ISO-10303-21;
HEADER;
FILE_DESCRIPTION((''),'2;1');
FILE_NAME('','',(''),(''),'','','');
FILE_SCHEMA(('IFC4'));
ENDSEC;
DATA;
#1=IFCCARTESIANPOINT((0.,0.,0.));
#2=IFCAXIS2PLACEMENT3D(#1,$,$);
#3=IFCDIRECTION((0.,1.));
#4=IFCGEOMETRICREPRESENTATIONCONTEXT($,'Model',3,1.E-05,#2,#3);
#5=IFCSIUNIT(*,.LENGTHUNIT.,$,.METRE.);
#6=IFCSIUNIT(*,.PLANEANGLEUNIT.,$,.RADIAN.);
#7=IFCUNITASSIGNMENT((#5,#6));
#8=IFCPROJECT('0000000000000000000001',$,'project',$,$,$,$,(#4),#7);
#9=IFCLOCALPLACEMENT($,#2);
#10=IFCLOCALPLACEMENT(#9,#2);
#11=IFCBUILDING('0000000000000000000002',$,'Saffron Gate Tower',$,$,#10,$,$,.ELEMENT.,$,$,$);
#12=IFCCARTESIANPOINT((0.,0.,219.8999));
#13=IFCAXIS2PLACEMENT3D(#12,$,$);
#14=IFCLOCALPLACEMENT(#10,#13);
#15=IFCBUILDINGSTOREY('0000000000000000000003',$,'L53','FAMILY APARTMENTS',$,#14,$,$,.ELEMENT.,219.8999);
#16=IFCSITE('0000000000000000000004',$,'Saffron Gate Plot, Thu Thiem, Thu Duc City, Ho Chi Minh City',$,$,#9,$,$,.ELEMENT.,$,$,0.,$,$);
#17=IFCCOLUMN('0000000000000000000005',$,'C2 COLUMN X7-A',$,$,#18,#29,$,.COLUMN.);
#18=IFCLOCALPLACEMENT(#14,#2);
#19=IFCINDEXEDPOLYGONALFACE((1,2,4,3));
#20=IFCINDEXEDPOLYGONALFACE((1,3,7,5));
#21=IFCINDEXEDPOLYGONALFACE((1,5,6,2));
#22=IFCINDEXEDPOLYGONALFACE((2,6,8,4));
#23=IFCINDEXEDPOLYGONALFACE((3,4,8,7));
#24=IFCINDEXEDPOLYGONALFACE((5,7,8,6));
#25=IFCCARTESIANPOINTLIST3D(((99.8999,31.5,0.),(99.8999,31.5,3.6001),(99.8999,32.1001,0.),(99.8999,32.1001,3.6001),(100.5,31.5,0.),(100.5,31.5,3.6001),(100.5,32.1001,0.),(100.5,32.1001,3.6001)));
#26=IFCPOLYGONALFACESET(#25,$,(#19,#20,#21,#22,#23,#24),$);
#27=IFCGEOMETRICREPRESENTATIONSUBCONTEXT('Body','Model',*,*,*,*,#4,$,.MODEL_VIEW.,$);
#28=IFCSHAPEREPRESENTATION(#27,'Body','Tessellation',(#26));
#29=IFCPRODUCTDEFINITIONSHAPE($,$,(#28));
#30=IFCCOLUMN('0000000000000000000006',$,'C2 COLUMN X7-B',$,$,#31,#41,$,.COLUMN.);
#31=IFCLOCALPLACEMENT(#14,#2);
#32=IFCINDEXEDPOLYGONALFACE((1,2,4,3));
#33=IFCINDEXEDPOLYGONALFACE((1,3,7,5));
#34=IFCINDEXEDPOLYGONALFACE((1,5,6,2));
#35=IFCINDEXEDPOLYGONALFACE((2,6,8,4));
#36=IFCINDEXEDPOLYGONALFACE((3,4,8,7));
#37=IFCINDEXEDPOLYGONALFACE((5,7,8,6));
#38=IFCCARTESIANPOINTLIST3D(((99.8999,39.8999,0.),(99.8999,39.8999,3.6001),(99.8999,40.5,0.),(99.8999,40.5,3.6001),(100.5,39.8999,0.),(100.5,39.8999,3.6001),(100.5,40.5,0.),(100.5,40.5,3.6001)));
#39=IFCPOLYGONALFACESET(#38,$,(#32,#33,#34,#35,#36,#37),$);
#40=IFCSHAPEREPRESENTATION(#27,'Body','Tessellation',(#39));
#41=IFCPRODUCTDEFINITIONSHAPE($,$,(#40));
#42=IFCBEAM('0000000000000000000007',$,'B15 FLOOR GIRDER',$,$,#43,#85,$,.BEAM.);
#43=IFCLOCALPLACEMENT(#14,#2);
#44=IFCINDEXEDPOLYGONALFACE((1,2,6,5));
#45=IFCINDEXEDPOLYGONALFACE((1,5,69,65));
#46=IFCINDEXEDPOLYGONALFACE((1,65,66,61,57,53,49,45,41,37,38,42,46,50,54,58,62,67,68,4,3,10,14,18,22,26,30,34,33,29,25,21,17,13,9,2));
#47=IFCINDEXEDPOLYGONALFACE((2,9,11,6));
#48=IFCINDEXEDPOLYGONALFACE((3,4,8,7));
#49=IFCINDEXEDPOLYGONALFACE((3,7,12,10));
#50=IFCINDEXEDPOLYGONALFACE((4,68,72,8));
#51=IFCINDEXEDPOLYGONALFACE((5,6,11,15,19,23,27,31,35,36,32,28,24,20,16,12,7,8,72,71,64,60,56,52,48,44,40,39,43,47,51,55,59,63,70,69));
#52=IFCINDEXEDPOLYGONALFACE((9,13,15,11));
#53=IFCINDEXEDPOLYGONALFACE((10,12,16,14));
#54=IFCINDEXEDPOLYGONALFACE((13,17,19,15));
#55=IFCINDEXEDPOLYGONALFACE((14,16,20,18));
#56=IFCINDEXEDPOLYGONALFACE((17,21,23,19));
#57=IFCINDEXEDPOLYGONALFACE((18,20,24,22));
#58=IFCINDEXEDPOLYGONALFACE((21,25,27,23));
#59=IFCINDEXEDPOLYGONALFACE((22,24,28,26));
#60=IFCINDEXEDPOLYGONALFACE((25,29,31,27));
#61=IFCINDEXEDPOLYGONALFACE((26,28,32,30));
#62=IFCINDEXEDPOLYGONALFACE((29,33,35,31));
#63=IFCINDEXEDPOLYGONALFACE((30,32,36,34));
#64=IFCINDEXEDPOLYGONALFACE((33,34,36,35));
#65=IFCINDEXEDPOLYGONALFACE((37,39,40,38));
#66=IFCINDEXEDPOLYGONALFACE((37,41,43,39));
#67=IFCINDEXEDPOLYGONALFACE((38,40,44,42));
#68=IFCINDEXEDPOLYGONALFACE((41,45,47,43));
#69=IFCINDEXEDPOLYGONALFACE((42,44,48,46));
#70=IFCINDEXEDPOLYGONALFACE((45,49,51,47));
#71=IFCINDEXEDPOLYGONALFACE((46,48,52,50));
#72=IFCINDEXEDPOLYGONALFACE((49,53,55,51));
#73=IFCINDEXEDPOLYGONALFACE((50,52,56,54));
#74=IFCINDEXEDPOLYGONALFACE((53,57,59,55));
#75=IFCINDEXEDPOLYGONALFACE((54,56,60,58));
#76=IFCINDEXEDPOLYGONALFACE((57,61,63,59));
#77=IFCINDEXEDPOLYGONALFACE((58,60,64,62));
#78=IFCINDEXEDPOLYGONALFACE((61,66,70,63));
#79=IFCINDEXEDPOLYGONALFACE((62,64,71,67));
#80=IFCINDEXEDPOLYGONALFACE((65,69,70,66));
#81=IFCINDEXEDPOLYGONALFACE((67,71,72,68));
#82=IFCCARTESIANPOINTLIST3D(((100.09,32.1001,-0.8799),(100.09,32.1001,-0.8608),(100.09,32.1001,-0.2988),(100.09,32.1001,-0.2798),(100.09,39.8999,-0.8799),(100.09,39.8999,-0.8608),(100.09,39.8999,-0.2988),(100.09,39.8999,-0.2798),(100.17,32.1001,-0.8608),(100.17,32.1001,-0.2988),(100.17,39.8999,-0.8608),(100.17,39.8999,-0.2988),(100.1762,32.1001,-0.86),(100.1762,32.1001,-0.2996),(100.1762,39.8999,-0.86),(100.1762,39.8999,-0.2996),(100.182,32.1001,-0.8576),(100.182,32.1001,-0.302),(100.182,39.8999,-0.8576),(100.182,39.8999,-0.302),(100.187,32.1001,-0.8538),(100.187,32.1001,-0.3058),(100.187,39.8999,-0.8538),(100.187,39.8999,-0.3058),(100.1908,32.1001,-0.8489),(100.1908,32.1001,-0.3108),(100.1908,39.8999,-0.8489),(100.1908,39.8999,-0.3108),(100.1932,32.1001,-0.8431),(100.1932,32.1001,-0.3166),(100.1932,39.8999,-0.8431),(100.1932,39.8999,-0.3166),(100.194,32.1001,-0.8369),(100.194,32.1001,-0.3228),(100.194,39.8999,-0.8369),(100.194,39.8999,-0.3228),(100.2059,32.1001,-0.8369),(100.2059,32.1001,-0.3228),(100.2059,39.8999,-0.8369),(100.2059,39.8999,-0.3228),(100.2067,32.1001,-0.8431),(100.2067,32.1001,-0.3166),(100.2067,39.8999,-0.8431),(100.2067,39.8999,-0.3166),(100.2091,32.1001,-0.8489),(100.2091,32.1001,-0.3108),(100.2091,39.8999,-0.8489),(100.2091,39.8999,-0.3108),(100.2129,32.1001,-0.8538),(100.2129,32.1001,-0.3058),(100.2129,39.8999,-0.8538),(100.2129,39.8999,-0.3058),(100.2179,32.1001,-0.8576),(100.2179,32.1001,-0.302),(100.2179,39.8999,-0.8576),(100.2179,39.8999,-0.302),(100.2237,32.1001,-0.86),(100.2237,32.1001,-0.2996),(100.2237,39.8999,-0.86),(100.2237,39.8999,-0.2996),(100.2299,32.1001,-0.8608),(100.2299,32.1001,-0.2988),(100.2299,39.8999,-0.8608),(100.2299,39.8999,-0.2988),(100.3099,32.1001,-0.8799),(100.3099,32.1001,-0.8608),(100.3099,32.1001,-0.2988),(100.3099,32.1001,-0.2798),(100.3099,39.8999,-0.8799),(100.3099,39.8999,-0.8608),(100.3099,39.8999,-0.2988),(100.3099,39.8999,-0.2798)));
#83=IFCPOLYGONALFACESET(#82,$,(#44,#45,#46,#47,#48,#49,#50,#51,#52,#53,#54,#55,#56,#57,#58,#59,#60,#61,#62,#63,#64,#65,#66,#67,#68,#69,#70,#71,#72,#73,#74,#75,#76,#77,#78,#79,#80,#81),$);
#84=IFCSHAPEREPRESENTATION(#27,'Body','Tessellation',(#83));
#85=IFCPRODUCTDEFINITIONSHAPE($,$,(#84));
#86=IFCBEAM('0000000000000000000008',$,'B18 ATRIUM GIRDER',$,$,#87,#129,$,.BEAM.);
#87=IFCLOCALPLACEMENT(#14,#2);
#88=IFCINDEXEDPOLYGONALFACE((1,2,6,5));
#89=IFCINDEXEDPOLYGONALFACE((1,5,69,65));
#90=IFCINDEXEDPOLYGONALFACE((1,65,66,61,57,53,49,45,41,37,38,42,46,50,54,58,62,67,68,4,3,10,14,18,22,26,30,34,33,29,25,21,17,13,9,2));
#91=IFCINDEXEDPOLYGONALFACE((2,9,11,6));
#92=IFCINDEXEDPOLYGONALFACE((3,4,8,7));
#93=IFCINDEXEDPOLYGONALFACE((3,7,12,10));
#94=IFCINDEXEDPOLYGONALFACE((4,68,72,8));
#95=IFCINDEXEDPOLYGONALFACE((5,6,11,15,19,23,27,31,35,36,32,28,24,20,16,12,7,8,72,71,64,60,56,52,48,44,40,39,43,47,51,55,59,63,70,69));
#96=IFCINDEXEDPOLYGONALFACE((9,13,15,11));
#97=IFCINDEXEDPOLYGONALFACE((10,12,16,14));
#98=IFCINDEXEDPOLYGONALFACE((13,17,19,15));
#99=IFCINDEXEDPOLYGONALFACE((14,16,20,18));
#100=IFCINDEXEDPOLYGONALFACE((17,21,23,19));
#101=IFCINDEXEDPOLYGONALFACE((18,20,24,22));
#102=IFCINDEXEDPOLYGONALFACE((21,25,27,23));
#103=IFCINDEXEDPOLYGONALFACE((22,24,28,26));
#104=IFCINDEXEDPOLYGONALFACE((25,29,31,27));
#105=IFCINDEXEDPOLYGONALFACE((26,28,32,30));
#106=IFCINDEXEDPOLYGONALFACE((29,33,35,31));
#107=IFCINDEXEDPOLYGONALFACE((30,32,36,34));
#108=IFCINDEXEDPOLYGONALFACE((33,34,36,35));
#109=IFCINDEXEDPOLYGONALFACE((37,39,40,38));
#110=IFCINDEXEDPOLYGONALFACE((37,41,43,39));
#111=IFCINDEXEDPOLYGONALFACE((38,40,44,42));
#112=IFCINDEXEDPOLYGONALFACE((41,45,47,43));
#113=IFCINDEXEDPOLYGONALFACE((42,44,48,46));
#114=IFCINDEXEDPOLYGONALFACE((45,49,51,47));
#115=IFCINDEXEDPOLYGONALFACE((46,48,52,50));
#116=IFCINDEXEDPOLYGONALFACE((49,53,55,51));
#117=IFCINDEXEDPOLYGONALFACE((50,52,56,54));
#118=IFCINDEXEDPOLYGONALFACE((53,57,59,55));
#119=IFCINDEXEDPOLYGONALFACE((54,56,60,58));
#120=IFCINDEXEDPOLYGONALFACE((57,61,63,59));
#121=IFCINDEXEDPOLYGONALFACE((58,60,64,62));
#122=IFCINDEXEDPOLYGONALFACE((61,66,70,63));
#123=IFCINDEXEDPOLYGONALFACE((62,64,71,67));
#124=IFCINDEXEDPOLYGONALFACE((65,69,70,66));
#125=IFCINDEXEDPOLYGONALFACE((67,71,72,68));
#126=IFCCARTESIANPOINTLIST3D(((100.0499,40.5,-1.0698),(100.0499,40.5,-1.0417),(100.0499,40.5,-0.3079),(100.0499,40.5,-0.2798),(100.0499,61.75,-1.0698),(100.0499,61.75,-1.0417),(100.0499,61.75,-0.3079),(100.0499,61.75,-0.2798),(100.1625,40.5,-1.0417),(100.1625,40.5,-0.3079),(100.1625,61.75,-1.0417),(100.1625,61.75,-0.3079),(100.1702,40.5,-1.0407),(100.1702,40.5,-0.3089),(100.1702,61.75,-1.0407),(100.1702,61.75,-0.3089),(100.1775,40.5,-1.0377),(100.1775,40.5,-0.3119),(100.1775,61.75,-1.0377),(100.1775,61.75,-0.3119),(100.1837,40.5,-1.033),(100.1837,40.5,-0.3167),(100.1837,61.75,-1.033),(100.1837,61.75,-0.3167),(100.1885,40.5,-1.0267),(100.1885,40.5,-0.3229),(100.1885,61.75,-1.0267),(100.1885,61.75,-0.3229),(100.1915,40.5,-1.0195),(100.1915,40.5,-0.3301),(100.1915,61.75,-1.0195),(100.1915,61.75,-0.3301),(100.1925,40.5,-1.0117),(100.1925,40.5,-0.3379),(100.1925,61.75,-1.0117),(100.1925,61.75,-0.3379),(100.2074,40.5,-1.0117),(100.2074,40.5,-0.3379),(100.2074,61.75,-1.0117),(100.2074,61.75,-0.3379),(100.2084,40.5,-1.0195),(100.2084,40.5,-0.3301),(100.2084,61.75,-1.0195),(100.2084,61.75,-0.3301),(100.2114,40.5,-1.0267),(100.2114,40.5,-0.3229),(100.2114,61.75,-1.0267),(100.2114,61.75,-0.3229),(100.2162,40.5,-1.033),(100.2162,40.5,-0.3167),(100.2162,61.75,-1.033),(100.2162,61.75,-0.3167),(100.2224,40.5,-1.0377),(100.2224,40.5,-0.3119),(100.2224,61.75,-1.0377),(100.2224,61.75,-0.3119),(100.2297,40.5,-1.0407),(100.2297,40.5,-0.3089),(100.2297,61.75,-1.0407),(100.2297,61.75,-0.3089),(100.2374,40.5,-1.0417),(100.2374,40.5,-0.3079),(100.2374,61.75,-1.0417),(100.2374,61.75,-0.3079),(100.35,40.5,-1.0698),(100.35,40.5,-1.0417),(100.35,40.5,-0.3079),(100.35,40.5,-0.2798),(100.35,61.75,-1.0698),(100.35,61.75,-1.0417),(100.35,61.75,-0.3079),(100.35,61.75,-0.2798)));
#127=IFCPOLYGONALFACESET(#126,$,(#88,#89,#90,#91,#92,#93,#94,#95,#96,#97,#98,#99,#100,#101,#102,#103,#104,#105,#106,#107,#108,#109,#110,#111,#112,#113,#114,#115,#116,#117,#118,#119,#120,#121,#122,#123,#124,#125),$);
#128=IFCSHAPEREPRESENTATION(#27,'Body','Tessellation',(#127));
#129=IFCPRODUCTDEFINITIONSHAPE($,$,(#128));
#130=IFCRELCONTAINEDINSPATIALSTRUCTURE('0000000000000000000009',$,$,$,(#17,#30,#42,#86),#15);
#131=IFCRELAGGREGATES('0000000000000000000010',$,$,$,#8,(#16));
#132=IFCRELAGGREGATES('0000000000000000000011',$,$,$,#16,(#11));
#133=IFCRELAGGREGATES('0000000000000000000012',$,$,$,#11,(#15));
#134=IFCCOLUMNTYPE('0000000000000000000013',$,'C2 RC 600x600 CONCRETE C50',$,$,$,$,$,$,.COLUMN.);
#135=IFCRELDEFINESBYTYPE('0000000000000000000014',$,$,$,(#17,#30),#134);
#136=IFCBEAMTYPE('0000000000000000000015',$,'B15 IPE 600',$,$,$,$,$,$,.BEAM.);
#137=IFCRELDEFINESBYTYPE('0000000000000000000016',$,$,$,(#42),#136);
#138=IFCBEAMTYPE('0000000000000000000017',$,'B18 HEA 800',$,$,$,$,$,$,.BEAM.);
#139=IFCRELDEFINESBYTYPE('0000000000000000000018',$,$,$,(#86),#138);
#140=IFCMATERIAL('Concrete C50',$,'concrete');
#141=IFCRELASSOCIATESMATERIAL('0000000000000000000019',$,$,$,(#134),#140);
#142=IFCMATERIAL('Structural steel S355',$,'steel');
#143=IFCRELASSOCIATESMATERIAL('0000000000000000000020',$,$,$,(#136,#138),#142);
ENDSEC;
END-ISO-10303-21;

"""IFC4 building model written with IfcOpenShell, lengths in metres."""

from ifc_helpers import new_model, si_unit, direction, frame, origin, origin_2d, place, context, subcontext, project, spatial, rectangle, i_section, extrude, material, material_profile, profile_set, type_object, element, save


model = new_model("IFC4")

# Units and contexts
model_context = context("Model", 3, precision=1e-05, world=origin(), true_north=direction((0.0, 1.0)))
body_context = subcontext(model_context, "Body", "Model", "MODEL_VIEW")
ifc_project = project(units=[si_unit("LENGTHUNIT", "METRE"), si_unit("PLANEANGLEUNIT", "RADIAN")], contexts=[model_context])

# Site, building, storey
site_placement = place(None, origin())
site = spatial("IfcSite", under=ifc_project, at=site_placement, Name="Saffron Gate Plot, Thu Thiem, Thu Duc City, Ho Chi Minh City", CompositionType="ELEMENT", RefElevation=0.0)
building_placement = place(site_placement, origin())
building = spatial("IfcBuilding", under=site, at=building_placement, Name="Saffron Gate Tower", CompositionType="ELEMENT")
storey_placement = place(building_placement, frame((0.0, 0.0, 219.8999)))
storey = spatial("IfcBuildingStorey", under=building, at=storey_placement, Name="L53", Description="FAMILY APARTMENTS", CompositionType="ELEMENT", Elevation=219.8999)

# Columns
ifc_material_1 = material(Name="Concrete C50", Category="concrete")
ifc_material_profile_1 = material_profile(ifc_material_1, rectangle(XDim=0.6001, YDim=0.6001, at=origin_2d()))
ifc_profile_set_1 = profile_set([ifc_material_profile_1], Name="Concrete C50")
column_type = type_object("IfcColumnType", Name="C2 RC 600x600 CONCRETE C50", PredefinedType="COLUMN", material=ifc_profile_set_1)
for number, where, z_axis, x_axis, name in (
    (1, (100.2, 31.8, 0.0), (0.0, 0.0, 1.0), (1.0, 0.0, 0.0), "C2 COLUMN X7-A"),
    (2, (100.2, 40.2, 0.0), (0.0, 0.0, 1.0), (1.0, 0.0, 0.0), "C2 COLUMN X7-B"),
):
    element("IfcColumn", number, at=place(storey_placement, frame(where, z_axis=z_axis, x_axis=x_axis)), inside=storey, type_object=column_type, Name=name, PredefinedType="COLUMN", context=body_context, shape_type="SweptSolid", body=[
        extrude(rectangle(XDim=0.6001, YDim=0.6001, at=origin_2d()), origin(), (0.0, 0.0, 1.0), 3.6001),
    ])

# Beams
ifc_material_2 = material(Name="Structural steel S355", Category="steel")
ifc_material_profile_2 = material_profile(ifc_material_2, i_section(OverallWidth=0.22, OverallDepth=0.6001, WebThickness=0.012, FlangeThickness=0.019, FilletRadius=0.0239, at=origin_2d()))
ifc_profile_set_2 = profile_set([ifc_material_profile_2], Name="Structural steel S355")
beam_type_1 = type_object("IfcBeamType", Name="B15 IPE 600", PredefinedType="BEAM", material=ifc_profile_set_2)
beam_1_placement = place(storey_placement, frame((100.2, 32.1001, -0.5798), z_axis=(0.0, 1.0, 0.0), x_axis=(-1.0, 0.0, 0.0)))
element("IfcBeam", 3, at=beam_1_placement, inside=storey, type_object=beam_type_1, Name="B15 FLOOR GIRDER", PredefinedType="BEAM", context=body_context, shape_type="SweptSolid", body=[
    extrude(i_section(OverallWidth=0.22, OverallDepth=0.6001, WebThickness=0.012, FlangeThickness=0.019, FilletRadius=0.0239, at=origin_2d()), origin(), (0.0, 0.0, 1.0), 7.7998),
])
ifc_material_profile_3 = material_profile(ifc_material_2, i_section(OverallWidth=0.3, OverallDepth=0.79, WebThickness=0.0149, FlangeThickness=0.0281, FilletRadius=0.03, at=origin_2d()))
ifc_profile_set_3 = profile_set([ifc_material_profile_3], Name="Structural steel S355")
beam_type_2 = type_object("IfcBeamType", Name="B18 HEA 800", PredefinedType="BEAM", material=ifc_profile_set_3)
beam_2_placement = place(storey_placement, frame((100.2, 40.5, -0.6748), z_axis=(0.0, 1.0, 0.0), x_axis=(-1.0, 0.0, 0.0)))
element("IfcBeam", 4, at=beam_2_placement, inside=storey, type_object=beam_type_2, Name="B18 ATRIUM GIRDER", PredefinedType="BEAM", context=body_context, shape_type="SweptSolid", body=[
    extrude(i_section(OverallWidth=0.3, OverallDepth=0.79, WebThickness=0.0149, FlangeThickness=0.0281, FilletRadius=0.03, at=origin_2d()), origin(), (0.0, 0.0, 1.0), 21.25),
])

save(model, "model.ifc")
